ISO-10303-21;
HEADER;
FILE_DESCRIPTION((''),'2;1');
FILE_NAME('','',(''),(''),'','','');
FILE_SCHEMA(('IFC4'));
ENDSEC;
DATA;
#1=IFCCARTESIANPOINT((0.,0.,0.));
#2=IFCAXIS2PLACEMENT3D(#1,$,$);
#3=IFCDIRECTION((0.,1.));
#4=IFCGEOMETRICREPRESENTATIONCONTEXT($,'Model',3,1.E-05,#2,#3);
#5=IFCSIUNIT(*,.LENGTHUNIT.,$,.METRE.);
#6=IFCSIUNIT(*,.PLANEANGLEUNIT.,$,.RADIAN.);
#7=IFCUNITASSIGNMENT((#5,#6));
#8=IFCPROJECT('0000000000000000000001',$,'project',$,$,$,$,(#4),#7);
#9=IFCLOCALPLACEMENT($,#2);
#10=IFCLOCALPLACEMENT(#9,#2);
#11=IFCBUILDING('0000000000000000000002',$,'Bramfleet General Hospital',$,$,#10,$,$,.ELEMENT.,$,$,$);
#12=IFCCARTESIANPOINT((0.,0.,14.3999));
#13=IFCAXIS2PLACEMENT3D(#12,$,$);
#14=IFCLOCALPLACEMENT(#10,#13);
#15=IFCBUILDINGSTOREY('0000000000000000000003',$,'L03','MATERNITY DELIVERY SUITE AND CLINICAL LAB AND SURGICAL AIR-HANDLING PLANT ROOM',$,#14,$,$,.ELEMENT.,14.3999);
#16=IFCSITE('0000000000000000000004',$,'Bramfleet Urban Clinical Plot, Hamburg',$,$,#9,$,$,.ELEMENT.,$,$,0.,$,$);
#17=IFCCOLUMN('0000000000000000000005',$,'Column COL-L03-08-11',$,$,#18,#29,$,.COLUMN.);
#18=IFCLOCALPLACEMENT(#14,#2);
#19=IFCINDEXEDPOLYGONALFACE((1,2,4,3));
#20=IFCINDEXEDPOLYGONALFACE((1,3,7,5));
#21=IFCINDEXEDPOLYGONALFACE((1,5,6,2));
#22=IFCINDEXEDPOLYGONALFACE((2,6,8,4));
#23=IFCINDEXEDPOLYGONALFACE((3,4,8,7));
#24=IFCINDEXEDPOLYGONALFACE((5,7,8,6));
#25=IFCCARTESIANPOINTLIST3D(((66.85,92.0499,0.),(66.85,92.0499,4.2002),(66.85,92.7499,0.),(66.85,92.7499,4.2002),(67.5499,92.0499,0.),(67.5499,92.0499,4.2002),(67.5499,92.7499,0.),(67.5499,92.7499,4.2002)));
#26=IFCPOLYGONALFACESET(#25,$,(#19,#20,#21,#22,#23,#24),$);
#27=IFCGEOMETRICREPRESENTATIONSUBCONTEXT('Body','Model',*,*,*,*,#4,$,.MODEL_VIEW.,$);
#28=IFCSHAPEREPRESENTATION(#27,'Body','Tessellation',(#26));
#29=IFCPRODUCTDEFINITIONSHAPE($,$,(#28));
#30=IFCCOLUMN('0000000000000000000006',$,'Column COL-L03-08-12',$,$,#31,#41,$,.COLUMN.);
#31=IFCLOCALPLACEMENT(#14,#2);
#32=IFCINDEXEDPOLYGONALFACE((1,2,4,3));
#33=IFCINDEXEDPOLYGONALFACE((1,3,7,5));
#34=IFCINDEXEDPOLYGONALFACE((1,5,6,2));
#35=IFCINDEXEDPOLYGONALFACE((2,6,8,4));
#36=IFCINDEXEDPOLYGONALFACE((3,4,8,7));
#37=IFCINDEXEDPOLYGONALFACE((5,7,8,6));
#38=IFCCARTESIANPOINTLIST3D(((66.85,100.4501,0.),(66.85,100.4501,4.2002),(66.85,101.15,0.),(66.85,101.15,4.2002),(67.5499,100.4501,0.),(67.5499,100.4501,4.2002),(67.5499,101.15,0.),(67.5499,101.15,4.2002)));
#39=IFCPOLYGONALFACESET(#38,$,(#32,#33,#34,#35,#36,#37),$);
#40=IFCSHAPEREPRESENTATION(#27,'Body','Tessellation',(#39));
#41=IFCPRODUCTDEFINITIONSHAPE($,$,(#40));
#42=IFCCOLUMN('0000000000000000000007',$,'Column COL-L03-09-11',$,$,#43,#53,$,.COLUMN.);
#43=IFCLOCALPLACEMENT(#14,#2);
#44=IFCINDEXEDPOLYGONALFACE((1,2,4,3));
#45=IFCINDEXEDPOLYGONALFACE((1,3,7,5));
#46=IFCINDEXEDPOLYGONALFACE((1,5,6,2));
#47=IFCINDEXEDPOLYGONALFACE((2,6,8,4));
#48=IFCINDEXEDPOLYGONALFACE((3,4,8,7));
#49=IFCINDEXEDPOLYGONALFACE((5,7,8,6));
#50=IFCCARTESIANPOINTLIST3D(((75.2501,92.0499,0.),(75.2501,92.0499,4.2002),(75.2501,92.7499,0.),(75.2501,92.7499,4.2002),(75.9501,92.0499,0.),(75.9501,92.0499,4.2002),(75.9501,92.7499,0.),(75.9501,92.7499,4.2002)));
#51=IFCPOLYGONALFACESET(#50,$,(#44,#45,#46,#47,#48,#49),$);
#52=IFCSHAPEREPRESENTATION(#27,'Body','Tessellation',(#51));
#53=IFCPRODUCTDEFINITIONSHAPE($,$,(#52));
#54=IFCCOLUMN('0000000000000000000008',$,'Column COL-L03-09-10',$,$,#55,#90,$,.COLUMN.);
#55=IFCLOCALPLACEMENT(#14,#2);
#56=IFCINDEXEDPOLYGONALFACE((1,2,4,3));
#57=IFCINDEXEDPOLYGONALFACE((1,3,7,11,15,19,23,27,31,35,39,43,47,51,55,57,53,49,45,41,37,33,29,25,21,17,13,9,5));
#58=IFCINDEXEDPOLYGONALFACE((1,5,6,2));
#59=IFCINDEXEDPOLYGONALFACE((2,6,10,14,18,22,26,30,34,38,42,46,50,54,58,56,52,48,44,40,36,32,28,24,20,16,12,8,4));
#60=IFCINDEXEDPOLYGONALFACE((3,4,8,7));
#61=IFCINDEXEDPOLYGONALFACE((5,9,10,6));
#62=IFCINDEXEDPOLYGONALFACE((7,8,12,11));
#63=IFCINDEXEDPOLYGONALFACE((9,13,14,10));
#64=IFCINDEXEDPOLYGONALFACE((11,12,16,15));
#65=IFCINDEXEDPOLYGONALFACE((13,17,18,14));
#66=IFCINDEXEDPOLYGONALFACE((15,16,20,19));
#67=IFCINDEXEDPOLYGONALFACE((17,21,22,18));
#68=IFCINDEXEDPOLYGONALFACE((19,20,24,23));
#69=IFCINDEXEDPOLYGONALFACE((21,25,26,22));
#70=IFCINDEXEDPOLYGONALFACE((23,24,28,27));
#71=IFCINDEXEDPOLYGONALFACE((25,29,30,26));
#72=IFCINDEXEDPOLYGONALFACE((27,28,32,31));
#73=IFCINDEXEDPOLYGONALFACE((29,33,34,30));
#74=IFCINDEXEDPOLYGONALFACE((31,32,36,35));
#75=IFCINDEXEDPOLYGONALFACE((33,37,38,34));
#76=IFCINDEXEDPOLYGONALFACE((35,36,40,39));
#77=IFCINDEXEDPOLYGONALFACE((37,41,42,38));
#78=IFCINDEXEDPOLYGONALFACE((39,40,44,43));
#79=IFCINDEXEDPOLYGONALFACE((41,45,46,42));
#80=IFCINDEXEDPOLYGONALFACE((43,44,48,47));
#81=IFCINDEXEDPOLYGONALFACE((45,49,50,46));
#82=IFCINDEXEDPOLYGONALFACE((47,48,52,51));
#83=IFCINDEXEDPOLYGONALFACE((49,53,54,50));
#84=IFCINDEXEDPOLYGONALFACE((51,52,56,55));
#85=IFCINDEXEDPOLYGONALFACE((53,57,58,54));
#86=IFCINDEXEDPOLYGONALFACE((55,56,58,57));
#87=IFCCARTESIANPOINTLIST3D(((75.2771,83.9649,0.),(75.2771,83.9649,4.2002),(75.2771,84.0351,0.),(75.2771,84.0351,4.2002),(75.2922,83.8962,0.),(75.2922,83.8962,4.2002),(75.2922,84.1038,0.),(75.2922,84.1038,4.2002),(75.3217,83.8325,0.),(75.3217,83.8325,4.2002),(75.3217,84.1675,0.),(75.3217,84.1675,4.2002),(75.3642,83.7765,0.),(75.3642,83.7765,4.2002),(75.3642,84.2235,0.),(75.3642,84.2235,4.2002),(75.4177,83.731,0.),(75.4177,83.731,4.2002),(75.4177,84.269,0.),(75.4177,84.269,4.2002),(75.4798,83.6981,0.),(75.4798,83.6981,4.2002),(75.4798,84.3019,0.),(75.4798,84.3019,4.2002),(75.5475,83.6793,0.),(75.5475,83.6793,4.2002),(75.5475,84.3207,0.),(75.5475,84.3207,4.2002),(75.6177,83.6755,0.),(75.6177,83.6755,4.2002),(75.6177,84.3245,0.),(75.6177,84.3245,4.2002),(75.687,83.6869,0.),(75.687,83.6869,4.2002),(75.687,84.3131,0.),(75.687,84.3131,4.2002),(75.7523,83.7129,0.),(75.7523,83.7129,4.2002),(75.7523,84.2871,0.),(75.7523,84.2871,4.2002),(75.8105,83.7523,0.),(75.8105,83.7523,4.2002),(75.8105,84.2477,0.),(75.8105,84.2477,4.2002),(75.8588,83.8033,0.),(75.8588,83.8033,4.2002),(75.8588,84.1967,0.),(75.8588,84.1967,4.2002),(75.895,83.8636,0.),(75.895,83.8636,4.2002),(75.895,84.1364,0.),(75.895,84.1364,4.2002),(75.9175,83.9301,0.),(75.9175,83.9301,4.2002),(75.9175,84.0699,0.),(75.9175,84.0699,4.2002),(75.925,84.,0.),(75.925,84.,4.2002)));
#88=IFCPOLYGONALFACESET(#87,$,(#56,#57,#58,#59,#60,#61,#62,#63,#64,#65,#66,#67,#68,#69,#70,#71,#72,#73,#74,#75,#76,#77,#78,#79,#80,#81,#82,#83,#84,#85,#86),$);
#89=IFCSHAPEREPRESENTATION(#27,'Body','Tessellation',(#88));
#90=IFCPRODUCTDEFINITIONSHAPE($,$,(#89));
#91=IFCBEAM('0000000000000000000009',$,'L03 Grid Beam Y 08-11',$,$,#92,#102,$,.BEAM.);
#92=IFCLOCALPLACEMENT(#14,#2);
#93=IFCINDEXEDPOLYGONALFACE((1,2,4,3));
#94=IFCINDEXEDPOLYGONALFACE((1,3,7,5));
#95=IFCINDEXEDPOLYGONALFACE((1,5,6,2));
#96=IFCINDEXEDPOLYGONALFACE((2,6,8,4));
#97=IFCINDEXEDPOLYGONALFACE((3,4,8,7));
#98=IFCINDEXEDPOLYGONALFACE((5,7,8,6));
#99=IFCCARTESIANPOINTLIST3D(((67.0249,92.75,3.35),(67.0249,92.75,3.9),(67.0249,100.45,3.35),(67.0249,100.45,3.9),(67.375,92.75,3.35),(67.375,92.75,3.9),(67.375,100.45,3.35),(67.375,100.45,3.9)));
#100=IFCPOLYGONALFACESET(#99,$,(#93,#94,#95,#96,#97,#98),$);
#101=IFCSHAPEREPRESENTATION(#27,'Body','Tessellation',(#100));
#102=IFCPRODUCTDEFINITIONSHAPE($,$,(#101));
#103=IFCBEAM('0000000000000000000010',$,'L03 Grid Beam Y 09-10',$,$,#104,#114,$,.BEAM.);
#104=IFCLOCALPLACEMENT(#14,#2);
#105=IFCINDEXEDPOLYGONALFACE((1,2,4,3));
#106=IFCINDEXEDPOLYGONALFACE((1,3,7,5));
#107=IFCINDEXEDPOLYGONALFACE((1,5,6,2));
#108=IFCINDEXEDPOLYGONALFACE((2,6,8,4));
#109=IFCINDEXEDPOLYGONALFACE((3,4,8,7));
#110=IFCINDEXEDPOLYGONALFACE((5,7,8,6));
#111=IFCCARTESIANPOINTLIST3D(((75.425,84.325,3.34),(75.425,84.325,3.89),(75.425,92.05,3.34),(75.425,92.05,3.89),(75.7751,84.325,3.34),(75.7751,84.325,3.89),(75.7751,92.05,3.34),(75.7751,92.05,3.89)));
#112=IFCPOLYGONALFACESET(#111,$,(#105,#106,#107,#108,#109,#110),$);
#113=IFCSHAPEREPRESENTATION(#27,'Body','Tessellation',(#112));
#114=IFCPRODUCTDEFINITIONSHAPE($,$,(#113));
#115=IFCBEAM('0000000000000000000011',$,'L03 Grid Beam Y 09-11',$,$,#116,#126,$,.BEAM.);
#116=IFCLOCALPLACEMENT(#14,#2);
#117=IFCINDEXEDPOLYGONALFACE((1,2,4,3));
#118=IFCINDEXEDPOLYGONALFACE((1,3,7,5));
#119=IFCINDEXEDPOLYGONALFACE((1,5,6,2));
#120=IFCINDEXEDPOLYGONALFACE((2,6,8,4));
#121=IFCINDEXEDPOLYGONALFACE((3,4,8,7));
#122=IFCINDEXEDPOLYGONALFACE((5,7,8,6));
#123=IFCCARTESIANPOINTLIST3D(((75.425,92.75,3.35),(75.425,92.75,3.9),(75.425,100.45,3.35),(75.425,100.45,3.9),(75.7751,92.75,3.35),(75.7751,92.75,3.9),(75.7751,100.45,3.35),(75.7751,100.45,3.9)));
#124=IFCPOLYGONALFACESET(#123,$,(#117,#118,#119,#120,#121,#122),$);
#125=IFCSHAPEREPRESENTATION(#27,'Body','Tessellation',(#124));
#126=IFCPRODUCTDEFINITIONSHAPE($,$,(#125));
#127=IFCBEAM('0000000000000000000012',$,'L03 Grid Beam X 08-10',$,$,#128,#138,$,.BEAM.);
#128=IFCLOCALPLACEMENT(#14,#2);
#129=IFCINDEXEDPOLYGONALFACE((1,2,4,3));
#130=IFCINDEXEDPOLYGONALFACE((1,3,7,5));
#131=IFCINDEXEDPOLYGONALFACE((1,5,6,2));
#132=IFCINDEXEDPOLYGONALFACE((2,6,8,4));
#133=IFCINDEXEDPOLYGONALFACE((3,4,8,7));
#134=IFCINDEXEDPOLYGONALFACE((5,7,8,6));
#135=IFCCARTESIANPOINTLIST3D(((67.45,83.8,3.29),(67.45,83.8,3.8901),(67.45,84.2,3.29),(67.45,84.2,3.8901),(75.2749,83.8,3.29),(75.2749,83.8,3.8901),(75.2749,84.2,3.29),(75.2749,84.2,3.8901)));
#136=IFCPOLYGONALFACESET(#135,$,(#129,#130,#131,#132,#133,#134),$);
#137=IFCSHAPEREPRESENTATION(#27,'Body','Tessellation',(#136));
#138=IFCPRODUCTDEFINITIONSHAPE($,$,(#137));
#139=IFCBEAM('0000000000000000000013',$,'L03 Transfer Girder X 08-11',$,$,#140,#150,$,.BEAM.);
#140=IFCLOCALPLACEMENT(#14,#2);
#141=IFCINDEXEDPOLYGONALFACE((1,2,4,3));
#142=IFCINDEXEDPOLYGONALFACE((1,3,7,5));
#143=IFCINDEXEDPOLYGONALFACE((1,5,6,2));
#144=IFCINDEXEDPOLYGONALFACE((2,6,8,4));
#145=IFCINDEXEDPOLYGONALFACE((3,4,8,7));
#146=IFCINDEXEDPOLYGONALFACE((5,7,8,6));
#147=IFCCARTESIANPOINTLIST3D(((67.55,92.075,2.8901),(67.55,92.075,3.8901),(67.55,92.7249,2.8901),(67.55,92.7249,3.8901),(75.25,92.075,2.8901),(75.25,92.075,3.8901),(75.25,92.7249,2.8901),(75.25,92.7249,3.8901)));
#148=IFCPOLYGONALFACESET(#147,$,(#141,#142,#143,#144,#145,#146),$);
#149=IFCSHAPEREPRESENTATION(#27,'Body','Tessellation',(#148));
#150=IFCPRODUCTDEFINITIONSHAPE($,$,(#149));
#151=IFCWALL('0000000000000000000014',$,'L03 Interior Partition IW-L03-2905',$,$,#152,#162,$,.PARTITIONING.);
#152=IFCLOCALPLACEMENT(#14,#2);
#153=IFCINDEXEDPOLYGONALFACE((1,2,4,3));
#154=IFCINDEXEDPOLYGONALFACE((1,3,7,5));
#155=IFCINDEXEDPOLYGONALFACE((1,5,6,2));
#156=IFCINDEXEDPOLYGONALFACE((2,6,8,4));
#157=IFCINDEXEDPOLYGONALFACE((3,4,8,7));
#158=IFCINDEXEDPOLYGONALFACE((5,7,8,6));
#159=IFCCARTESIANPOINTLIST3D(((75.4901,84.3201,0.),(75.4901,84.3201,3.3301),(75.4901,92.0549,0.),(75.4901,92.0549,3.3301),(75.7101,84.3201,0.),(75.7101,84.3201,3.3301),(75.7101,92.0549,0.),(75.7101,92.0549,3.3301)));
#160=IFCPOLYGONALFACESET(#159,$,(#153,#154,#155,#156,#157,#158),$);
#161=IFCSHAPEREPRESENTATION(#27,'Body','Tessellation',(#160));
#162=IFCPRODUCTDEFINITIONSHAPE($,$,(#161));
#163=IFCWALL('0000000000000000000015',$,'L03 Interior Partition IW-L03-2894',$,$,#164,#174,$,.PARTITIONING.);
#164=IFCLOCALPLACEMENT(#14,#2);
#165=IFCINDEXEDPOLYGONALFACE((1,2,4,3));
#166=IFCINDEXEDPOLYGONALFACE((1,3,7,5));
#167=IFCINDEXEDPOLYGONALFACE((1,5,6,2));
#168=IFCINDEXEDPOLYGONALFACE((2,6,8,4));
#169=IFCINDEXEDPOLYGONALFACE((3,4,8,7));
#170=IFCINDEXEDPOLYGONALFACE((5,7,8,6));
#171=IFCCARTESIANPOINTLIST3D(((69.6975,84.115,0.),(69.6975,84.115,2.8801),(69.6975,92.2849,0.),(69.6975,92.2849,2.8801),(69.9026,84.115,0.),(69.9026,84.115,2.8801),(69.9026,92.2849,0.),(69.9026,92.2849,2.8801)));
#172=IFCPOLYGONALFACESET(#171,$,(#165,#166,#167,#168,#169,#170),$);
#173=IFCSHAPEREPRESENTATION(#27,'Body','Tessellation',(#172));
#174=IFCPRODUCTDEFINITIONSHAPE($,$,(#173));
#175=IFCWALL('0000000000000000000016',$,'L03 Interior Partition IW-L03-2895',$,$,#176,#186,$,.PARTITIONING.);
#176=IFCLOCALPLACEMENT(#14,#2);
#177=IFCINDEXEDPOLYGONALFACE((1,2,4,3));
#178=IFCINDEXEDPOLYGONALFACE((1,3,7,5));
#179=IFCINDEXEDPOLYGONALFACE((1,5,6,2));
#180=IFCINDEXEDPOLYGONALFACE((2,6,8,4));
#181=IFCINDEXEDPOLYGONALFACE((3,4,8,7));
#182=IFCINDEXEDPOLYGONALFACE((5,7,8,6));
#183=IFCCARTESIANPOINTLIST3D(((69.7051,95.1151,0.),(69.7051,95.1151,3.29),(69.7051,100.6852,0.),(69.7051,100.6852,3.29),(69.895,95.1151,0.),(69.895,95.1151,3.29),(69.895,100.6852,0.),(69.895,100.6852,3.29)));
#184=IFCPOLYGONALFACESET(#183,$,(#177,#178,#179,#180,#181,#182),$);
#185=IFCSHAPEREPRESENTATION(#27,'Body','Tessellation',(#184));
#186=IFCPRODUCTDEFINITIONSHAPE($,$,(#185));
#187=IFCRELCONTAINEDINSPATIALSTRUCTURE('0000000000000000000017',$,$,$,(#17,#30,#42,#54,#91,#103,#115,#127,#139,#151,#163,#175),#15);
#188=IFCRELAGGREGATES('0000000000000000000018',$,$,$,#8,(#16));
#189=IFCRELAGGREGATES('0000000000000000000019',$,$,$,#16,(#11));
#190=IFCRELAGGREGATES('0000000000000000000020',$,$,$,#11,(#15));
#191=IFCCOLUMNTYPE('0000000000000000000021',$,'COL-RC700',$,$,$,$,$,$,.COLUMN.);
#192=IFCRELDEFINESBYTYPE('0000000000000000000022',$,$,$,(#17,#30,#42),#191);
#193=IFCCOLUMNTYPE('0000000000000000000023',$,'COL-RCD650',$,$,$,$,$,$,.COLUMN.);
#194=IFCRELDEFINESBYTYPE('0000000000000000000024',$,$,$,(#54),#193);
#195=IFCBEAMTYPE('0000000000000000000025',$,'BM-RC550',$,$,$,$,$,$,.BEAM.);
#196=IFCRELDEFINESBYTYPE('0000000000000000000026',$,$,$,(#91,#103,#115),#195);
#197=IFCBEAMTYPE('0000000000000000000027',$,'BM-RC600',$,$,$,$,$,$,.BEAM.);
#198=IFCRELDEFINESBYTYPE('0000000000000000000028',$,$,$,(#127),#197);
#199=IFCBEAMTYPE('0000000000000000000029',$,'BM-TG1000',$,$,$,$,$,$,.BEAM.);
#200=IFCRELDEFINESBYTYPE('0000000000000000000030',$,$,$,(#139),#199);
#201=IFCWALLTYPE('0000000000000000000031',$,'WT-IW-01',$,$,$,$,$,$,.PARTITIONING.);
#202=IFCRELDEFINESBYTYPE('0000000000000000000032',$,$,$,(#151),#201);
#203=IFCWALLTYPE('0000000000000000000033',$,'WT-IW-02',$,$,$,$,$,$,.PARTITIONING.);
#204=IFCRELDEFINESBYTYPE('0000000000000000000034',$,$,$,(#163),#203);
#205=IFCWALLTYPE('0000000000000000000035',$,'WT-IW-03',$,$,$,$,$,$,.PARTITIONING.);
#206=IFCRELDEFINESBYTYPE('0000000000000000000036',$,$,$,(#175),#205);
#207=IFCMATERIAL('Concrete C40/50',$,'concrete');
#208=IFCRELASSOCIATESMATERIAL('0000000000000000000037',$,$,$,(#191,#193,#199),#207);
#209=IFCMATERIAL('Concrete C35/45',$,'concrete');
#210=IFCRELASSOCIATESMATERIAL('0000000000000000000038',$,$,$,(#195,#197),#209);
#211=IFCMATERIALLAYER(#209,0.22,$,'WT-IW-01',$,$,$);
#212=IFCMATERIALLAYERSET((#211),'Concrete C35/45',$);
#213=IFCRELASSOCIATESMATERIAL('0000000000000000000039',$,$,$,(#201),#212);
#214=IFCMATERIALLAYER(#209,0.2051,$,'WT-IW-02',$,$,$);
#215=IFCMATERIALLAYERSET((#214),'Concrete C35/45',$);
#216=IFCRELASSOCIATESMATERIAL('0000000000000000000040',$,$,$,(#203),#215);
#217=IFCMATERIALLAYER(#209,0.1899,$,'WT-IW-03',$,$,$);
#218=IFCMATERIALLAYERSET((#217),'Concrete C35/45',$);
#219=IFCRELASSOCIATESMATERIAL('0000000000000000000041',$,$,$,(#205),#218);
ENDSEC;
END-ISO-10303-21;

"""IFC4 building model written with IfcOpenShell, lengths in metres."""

from ifc_helpers import new_model, si_unit, direction, frame, frame_2d, origin, origin_2d, place, context, subcontext, project, spatial, rectangle, circle, extrude, material, layer, layer_set, material_profile, profile_set, type_object, element, save


model = new_model("IFC4")

# Units and contexts
model_context = context("Model", 3, precision=1e-05, world=origin(), true_north=direction((0.0, 1.0)))
body_context = subcontext(model_context, "Body", "Model", "MODEL_VIEW")
ifc_project = project(units=[si_unit("LENGTHUNIT", "METRE"), si_unit("PLANEANGLEUNIT", "RADIAN")], contexts=[model_context])

# Site, building, storey
site_placement = place(None, origin())
site = spatial("IfcSite", under=ifc_project, at=site_placement, Name="Bramfleet Urban Clinical Plot, Hamburg", CompositionType="ELEMENT", RefElevation=0.0)
building_placement = place(site_placement, origin())
building = spatial("IfcBuilding", under=site, at=building_placement, Name="Bramfleet General Hospital", CompositionType="ELEMENT")
storey_placement = place(building_placement, frame((0.0, 0.0, 14.3999)))
storey = spatial("IfcBuildingStorey", under=building, at=storey_placement, Name="L03", Description="MATERNITY DELIVERY SUITE AND CLINICAL LAB AND SURGICAL AIR-HANDLING PLANT ROOM", CompositionType="ELEMENT", Elevation=14.3999)

# Columns
ifc_material_1 = material(Name="Concrete C40/50", Category="concrete")
ifc_material_profile_1 = material_profile(ifc_material_1, rectangle(XDim=0.7, YDim=0.7, at=origin_2d()), Name="RC COL 700x700")
ifc_profile_set_1 = profile_set([ifc_material_profile_1], Name="Concrete C40/50")
column_type_1 = type_object("IfcColumnType", Name="COL-RC700", PredefinedType="COLUMN", material=ifc_profile_set_1)
for number, where, z_axis, x_axis, name in (
    (1, (67.2, 92.3999, 0.0), (0.0, 0.0, 1.0), (1.0, 0.0, 0.0), "Column COL-L03-08-11"),
    (2, (67.2, 100.8, 0.0), (0.0, 0.0, 1.0), (1.0, 0.0, 0.0), "Column COL-L03-08-12"),
    (3, (75.6001, 92.3999, 0.0), (0.0, 0.0, 1.0), (1.0, 0.0, 0.0), "Column COL-L03-09-11"),
):
    element("IfcColumn", number, at=place(storey_placement, frame(where, z_axis=z_axis, x_axis=x_axis)), inside=storey, type_object=column_type_1, Name=name, PredefinedType="COLUMN", context=body_context, shape_type="SweptSolid", body=[
        extrude(rectangle(XDim=0.7, YDim=0.7, at=origin_2d()), origin(), (0.0, 0.0, 1.0), 4.2002),
    ])
ifc_material_profile_2 = material_profile(ifc_material_1, circle(Radius=0.325, at=origin_2d()), Name="RC ROUND D650")
ifc_profile_set_2 = profile_set([ifc_material_profile_2], Name="Concrete C40/50")
column_type_2 = type_object("IfcColumnType", Name="COL-RCD650", PredefinedType="COLUMN", material=ifc_profile_set_2)
column_placement = place(storey_placement, frame((75.6001, 84.0, 0.0), z_axis=(0.0, 0.0, 1.0), x_axis=(1.0, 0.0, 0.0)))
element("IfcColumn", 4, at=column_placement, inside=storey, type_object=column_type_2, Name="Column COL-L03-09-10", PredefinedType="COLUMN", context=body_context, shape_type="SweptSolid", body=[
    extrude(circle(Radius=0.325, at=origin_2d()), origin(), (0.0, 0.0, 1.0), 4.2002),
])

# Beams
ifc_material_2 = material(Name="Concrete C35/45", Category="concrete")
ifc_material_profile_3 = material_profile(ifc_material_2, rectangle(XDim=0.3501, YDim=0.55, at=origin_2d()), Name="RC BM 550x350")
ifc_profile_set_3 = profile_set([ifc_material_profile_3], Name="Concrete C35/45")
beam_type_1 = type_object("IfcBeamType", Name="BM-RC550", PredefinedType="BEAM", material=ifc_profile_set_3)
beam_1_placement = place(storey_placement, frame((67.2, 92.75, 3.625), z_axis=(0.0, 1.0, 0.0), x_axis=(-1.0, 0.0, 0.0)))
element("IfcBeam", 5, at=beam_1_placement, inside=storey, type_object=beam_type_1, Name="L03 Grid Beam Y 08-11", PredefinedType="BEAM", context=body_context, shape_type="SweptSolid", body=[
    extrude(rectangle(XDim=0.3501, YDim=0.55, at=origin_2d()), origin(), (0.0, 0.0, 1.0), 7.7),
])
beam_2_placement = place(storey_placement, frame((75.6001, 84.325, 3.615), z_axis=(0.0, 1.0, 0.0), x_axis=(-1.0, 0.0, 0.0)))
element("IfcBeam", 6, at=beam_2_placement, inside=storey, type_object=beam_type_1, Name="L03 Grid Beam Y 09-10", PredefinedType="BEAM", context=body_context, shape_type="SweptSolid", body=[
    extrude(rectangle(XDim=0.3501, YDim=0.55, at=origin_2d()), origin(), (0.0, 0.0, 1.0), 7.7251),
])
beam_3_placement = place(storey_placement, frame((75.6001, 92.75, 3.625), z_axis=(0.0, 1.0, 0.0), x_axis=(-1.0, 0.0, 0.0)))
element("IfcBeam", 7, at=beam_3_placement, inside=storey, type_object=beam_type_1, Name="L03 Grid Beam Y 09-11", PredefinedType="BEAM", context=body_context, shape_type="SweptSolid", body=[
    extrude(rectangle(XDim=0.3501, YDim=0.55, at=origin_2d()), origin(), (0.0, 0.0, 1.0), 7.7),
])
ifc_material_profile_4 = material_profile(ifc_material_2, rectangle(XDim=0.3999, YDim=0.6001, at=origin_2d()), Name="RC BM 600x400")
ifc_profile_set_4 = profile_set([ifc_material_profile_4], Name="Concrete C35/45")
beam_type_2 = type_object("IfcBeamType", Name="BM-RC600", PredefinedType="BEAM", material=ifc_profile_set_4)
beam_4_placement = place(storey_placement, frame((67.45, 84.0, 3.5901), z_axis=(1.0, 0.0, 0.0), x_axis=(0.0, 1.0, 0.0)))
element("IfcBeam", 8, at=beam_4_placement, inside=storey, type_object=beam_type_2, Name="L03 Grid Beam X 08-10", PredefinedType="BEAM", context=body_context, shape_type="SweptSolid", body=[
    extrude(rectangle(XDim=0.3999, YDim=0.6001, at=origin_2d()), origin(), (0.0, 0.0, 1.0), 7.825),
])
ifc_material_profile_5 = material_profile(ifc_material_1, rectangle(XDim=0.6499, YDim=1.0, at=origin_2d()), Name="RC TG 1000x650")
ifc_profile_set_5 = profile_set([ifc_material_profile_5], Name="Concrete C40/50")
beam_type_3 = type_object("IfcBeamType", Name="BM-TG1000", PredefinedType="BEAM", material=ifc_profile_set_5)
beam_5_placement = place(storey_placement, frame((67.55, 92.3999, 3.3901), z_axis=(1.0, 0.0, 0.0), x_axis=(0.0, 1.0, 0.0)))
element("IfcBeam", 9, at=beam_5_placement, inside=storey, type_object=beam_type_3, Name="L03 Transfer Girder X 08-11", PredefinedType="BEAM", context=body_context, shape_type="SweptSolid", body=[
    extrude(rectangle(XDim=0.6499, YDim=1.0, at=origin_2d()), origin(), (0.0, 0.0, 1.0), 7.7),
])

# Walls
ifc_layer_1 = layer(ifc_material_2, 0.22, Name="WT-IW-01")
ifc_layer_set_1 = layer_set([ifc_layer_1], Name="Concrete C35/45")
wall_type_1 = type_object("IfcWallType", Name="WT-IW-01", PredefinedType="PARTITIONING", material=ifc_layer_set_1)
wall_1_placement = place(storey_placement, frame((75.6001, 84.3201, 0.0), z_axis=(0.0, 0.0, 1.0), x_axis=(0.0, 1.0, 0.0)))
element("IfcWall", 10, at=wall_1_placement, inside=storey, type_object=wall_type_1, Name="L03 Interior Partition IW-L03-2905", PredefinedType="PARTITIONING", context=body_context, shape_type="SweptSolid", body=[
    extrude(rectangle(XDim=7.7349, YDim=0.22, at=frame_2d((3.8674, 0.0))), origin(), (0.0, 0.0, 1.0), 3.3301),
])
ifc_layer_2 = layer(ifc_material_2, 0.2051, Name="WT-IW-02")
ifc_layer_set_2 = layer_set([ifc_layer_2], Name="Concrete C35/45")
wall_type_2 = type_object("IfcWallType", Name="WT-IW-02", PredefinedType="PARTITIONING", material=ifc_layer_set_2)
wall_2_placement = place(storey_placement, frame((69.8, 84.115, 0.0), z_axis=(0.0, 0.0, 1.0), x_axis=(0.0, 1.0, 0.0)))
element("IfcWall", 11, at=wall_2_placement, inside=storey, type_object=wall_type_2, Name="L03 Interior Partition IW-L03-2894", PredefinedType="PARTITIONING", context=body_context, shape_type="SweptSolid", body=[
    extrude(rectangle(XDim=8.1699, YDim=0.2051, at=frame_2d((4.085, 0.0))), origin(), (0.0, 0.0, 1.0), 2.8801),
])
ifc_layer_3 = layer(ifc_material_2, 0.1899, Name="WT-IW-03")
ifc_layer_set_3 = layer_set([ifc_layer_3], Name="Concrete C35/45")
wall_type_3 = type_object("IfcWallType", Name="WT-IW-03", PredefinedType="PARTITIONING", material=ifc_layer_set_3)
wall_3_placement = place(storey_placement, frame((69.8, 95.115, 0.0), z_axis=(0.0, 0.0, 1.0), x_axis=(0.0, 1.0, 0.0)))
element("IfcWall", 12, at=wall_3_placement, inside=storey, type_object=wall_type_3, Name="L03 Interior Partition IW-L03-2895", PredefinedType="PARTITIONING", context=body_context, shape_type="SweptSolid", body=[
    extrude(rectangle(XDim=5.5701, YDim=0.1899, at=frame_2d((2.7852, 0.0))), origin(), (0.0, 0.0, 1.0), 3.29),
])

save(model, "model.ifc")
